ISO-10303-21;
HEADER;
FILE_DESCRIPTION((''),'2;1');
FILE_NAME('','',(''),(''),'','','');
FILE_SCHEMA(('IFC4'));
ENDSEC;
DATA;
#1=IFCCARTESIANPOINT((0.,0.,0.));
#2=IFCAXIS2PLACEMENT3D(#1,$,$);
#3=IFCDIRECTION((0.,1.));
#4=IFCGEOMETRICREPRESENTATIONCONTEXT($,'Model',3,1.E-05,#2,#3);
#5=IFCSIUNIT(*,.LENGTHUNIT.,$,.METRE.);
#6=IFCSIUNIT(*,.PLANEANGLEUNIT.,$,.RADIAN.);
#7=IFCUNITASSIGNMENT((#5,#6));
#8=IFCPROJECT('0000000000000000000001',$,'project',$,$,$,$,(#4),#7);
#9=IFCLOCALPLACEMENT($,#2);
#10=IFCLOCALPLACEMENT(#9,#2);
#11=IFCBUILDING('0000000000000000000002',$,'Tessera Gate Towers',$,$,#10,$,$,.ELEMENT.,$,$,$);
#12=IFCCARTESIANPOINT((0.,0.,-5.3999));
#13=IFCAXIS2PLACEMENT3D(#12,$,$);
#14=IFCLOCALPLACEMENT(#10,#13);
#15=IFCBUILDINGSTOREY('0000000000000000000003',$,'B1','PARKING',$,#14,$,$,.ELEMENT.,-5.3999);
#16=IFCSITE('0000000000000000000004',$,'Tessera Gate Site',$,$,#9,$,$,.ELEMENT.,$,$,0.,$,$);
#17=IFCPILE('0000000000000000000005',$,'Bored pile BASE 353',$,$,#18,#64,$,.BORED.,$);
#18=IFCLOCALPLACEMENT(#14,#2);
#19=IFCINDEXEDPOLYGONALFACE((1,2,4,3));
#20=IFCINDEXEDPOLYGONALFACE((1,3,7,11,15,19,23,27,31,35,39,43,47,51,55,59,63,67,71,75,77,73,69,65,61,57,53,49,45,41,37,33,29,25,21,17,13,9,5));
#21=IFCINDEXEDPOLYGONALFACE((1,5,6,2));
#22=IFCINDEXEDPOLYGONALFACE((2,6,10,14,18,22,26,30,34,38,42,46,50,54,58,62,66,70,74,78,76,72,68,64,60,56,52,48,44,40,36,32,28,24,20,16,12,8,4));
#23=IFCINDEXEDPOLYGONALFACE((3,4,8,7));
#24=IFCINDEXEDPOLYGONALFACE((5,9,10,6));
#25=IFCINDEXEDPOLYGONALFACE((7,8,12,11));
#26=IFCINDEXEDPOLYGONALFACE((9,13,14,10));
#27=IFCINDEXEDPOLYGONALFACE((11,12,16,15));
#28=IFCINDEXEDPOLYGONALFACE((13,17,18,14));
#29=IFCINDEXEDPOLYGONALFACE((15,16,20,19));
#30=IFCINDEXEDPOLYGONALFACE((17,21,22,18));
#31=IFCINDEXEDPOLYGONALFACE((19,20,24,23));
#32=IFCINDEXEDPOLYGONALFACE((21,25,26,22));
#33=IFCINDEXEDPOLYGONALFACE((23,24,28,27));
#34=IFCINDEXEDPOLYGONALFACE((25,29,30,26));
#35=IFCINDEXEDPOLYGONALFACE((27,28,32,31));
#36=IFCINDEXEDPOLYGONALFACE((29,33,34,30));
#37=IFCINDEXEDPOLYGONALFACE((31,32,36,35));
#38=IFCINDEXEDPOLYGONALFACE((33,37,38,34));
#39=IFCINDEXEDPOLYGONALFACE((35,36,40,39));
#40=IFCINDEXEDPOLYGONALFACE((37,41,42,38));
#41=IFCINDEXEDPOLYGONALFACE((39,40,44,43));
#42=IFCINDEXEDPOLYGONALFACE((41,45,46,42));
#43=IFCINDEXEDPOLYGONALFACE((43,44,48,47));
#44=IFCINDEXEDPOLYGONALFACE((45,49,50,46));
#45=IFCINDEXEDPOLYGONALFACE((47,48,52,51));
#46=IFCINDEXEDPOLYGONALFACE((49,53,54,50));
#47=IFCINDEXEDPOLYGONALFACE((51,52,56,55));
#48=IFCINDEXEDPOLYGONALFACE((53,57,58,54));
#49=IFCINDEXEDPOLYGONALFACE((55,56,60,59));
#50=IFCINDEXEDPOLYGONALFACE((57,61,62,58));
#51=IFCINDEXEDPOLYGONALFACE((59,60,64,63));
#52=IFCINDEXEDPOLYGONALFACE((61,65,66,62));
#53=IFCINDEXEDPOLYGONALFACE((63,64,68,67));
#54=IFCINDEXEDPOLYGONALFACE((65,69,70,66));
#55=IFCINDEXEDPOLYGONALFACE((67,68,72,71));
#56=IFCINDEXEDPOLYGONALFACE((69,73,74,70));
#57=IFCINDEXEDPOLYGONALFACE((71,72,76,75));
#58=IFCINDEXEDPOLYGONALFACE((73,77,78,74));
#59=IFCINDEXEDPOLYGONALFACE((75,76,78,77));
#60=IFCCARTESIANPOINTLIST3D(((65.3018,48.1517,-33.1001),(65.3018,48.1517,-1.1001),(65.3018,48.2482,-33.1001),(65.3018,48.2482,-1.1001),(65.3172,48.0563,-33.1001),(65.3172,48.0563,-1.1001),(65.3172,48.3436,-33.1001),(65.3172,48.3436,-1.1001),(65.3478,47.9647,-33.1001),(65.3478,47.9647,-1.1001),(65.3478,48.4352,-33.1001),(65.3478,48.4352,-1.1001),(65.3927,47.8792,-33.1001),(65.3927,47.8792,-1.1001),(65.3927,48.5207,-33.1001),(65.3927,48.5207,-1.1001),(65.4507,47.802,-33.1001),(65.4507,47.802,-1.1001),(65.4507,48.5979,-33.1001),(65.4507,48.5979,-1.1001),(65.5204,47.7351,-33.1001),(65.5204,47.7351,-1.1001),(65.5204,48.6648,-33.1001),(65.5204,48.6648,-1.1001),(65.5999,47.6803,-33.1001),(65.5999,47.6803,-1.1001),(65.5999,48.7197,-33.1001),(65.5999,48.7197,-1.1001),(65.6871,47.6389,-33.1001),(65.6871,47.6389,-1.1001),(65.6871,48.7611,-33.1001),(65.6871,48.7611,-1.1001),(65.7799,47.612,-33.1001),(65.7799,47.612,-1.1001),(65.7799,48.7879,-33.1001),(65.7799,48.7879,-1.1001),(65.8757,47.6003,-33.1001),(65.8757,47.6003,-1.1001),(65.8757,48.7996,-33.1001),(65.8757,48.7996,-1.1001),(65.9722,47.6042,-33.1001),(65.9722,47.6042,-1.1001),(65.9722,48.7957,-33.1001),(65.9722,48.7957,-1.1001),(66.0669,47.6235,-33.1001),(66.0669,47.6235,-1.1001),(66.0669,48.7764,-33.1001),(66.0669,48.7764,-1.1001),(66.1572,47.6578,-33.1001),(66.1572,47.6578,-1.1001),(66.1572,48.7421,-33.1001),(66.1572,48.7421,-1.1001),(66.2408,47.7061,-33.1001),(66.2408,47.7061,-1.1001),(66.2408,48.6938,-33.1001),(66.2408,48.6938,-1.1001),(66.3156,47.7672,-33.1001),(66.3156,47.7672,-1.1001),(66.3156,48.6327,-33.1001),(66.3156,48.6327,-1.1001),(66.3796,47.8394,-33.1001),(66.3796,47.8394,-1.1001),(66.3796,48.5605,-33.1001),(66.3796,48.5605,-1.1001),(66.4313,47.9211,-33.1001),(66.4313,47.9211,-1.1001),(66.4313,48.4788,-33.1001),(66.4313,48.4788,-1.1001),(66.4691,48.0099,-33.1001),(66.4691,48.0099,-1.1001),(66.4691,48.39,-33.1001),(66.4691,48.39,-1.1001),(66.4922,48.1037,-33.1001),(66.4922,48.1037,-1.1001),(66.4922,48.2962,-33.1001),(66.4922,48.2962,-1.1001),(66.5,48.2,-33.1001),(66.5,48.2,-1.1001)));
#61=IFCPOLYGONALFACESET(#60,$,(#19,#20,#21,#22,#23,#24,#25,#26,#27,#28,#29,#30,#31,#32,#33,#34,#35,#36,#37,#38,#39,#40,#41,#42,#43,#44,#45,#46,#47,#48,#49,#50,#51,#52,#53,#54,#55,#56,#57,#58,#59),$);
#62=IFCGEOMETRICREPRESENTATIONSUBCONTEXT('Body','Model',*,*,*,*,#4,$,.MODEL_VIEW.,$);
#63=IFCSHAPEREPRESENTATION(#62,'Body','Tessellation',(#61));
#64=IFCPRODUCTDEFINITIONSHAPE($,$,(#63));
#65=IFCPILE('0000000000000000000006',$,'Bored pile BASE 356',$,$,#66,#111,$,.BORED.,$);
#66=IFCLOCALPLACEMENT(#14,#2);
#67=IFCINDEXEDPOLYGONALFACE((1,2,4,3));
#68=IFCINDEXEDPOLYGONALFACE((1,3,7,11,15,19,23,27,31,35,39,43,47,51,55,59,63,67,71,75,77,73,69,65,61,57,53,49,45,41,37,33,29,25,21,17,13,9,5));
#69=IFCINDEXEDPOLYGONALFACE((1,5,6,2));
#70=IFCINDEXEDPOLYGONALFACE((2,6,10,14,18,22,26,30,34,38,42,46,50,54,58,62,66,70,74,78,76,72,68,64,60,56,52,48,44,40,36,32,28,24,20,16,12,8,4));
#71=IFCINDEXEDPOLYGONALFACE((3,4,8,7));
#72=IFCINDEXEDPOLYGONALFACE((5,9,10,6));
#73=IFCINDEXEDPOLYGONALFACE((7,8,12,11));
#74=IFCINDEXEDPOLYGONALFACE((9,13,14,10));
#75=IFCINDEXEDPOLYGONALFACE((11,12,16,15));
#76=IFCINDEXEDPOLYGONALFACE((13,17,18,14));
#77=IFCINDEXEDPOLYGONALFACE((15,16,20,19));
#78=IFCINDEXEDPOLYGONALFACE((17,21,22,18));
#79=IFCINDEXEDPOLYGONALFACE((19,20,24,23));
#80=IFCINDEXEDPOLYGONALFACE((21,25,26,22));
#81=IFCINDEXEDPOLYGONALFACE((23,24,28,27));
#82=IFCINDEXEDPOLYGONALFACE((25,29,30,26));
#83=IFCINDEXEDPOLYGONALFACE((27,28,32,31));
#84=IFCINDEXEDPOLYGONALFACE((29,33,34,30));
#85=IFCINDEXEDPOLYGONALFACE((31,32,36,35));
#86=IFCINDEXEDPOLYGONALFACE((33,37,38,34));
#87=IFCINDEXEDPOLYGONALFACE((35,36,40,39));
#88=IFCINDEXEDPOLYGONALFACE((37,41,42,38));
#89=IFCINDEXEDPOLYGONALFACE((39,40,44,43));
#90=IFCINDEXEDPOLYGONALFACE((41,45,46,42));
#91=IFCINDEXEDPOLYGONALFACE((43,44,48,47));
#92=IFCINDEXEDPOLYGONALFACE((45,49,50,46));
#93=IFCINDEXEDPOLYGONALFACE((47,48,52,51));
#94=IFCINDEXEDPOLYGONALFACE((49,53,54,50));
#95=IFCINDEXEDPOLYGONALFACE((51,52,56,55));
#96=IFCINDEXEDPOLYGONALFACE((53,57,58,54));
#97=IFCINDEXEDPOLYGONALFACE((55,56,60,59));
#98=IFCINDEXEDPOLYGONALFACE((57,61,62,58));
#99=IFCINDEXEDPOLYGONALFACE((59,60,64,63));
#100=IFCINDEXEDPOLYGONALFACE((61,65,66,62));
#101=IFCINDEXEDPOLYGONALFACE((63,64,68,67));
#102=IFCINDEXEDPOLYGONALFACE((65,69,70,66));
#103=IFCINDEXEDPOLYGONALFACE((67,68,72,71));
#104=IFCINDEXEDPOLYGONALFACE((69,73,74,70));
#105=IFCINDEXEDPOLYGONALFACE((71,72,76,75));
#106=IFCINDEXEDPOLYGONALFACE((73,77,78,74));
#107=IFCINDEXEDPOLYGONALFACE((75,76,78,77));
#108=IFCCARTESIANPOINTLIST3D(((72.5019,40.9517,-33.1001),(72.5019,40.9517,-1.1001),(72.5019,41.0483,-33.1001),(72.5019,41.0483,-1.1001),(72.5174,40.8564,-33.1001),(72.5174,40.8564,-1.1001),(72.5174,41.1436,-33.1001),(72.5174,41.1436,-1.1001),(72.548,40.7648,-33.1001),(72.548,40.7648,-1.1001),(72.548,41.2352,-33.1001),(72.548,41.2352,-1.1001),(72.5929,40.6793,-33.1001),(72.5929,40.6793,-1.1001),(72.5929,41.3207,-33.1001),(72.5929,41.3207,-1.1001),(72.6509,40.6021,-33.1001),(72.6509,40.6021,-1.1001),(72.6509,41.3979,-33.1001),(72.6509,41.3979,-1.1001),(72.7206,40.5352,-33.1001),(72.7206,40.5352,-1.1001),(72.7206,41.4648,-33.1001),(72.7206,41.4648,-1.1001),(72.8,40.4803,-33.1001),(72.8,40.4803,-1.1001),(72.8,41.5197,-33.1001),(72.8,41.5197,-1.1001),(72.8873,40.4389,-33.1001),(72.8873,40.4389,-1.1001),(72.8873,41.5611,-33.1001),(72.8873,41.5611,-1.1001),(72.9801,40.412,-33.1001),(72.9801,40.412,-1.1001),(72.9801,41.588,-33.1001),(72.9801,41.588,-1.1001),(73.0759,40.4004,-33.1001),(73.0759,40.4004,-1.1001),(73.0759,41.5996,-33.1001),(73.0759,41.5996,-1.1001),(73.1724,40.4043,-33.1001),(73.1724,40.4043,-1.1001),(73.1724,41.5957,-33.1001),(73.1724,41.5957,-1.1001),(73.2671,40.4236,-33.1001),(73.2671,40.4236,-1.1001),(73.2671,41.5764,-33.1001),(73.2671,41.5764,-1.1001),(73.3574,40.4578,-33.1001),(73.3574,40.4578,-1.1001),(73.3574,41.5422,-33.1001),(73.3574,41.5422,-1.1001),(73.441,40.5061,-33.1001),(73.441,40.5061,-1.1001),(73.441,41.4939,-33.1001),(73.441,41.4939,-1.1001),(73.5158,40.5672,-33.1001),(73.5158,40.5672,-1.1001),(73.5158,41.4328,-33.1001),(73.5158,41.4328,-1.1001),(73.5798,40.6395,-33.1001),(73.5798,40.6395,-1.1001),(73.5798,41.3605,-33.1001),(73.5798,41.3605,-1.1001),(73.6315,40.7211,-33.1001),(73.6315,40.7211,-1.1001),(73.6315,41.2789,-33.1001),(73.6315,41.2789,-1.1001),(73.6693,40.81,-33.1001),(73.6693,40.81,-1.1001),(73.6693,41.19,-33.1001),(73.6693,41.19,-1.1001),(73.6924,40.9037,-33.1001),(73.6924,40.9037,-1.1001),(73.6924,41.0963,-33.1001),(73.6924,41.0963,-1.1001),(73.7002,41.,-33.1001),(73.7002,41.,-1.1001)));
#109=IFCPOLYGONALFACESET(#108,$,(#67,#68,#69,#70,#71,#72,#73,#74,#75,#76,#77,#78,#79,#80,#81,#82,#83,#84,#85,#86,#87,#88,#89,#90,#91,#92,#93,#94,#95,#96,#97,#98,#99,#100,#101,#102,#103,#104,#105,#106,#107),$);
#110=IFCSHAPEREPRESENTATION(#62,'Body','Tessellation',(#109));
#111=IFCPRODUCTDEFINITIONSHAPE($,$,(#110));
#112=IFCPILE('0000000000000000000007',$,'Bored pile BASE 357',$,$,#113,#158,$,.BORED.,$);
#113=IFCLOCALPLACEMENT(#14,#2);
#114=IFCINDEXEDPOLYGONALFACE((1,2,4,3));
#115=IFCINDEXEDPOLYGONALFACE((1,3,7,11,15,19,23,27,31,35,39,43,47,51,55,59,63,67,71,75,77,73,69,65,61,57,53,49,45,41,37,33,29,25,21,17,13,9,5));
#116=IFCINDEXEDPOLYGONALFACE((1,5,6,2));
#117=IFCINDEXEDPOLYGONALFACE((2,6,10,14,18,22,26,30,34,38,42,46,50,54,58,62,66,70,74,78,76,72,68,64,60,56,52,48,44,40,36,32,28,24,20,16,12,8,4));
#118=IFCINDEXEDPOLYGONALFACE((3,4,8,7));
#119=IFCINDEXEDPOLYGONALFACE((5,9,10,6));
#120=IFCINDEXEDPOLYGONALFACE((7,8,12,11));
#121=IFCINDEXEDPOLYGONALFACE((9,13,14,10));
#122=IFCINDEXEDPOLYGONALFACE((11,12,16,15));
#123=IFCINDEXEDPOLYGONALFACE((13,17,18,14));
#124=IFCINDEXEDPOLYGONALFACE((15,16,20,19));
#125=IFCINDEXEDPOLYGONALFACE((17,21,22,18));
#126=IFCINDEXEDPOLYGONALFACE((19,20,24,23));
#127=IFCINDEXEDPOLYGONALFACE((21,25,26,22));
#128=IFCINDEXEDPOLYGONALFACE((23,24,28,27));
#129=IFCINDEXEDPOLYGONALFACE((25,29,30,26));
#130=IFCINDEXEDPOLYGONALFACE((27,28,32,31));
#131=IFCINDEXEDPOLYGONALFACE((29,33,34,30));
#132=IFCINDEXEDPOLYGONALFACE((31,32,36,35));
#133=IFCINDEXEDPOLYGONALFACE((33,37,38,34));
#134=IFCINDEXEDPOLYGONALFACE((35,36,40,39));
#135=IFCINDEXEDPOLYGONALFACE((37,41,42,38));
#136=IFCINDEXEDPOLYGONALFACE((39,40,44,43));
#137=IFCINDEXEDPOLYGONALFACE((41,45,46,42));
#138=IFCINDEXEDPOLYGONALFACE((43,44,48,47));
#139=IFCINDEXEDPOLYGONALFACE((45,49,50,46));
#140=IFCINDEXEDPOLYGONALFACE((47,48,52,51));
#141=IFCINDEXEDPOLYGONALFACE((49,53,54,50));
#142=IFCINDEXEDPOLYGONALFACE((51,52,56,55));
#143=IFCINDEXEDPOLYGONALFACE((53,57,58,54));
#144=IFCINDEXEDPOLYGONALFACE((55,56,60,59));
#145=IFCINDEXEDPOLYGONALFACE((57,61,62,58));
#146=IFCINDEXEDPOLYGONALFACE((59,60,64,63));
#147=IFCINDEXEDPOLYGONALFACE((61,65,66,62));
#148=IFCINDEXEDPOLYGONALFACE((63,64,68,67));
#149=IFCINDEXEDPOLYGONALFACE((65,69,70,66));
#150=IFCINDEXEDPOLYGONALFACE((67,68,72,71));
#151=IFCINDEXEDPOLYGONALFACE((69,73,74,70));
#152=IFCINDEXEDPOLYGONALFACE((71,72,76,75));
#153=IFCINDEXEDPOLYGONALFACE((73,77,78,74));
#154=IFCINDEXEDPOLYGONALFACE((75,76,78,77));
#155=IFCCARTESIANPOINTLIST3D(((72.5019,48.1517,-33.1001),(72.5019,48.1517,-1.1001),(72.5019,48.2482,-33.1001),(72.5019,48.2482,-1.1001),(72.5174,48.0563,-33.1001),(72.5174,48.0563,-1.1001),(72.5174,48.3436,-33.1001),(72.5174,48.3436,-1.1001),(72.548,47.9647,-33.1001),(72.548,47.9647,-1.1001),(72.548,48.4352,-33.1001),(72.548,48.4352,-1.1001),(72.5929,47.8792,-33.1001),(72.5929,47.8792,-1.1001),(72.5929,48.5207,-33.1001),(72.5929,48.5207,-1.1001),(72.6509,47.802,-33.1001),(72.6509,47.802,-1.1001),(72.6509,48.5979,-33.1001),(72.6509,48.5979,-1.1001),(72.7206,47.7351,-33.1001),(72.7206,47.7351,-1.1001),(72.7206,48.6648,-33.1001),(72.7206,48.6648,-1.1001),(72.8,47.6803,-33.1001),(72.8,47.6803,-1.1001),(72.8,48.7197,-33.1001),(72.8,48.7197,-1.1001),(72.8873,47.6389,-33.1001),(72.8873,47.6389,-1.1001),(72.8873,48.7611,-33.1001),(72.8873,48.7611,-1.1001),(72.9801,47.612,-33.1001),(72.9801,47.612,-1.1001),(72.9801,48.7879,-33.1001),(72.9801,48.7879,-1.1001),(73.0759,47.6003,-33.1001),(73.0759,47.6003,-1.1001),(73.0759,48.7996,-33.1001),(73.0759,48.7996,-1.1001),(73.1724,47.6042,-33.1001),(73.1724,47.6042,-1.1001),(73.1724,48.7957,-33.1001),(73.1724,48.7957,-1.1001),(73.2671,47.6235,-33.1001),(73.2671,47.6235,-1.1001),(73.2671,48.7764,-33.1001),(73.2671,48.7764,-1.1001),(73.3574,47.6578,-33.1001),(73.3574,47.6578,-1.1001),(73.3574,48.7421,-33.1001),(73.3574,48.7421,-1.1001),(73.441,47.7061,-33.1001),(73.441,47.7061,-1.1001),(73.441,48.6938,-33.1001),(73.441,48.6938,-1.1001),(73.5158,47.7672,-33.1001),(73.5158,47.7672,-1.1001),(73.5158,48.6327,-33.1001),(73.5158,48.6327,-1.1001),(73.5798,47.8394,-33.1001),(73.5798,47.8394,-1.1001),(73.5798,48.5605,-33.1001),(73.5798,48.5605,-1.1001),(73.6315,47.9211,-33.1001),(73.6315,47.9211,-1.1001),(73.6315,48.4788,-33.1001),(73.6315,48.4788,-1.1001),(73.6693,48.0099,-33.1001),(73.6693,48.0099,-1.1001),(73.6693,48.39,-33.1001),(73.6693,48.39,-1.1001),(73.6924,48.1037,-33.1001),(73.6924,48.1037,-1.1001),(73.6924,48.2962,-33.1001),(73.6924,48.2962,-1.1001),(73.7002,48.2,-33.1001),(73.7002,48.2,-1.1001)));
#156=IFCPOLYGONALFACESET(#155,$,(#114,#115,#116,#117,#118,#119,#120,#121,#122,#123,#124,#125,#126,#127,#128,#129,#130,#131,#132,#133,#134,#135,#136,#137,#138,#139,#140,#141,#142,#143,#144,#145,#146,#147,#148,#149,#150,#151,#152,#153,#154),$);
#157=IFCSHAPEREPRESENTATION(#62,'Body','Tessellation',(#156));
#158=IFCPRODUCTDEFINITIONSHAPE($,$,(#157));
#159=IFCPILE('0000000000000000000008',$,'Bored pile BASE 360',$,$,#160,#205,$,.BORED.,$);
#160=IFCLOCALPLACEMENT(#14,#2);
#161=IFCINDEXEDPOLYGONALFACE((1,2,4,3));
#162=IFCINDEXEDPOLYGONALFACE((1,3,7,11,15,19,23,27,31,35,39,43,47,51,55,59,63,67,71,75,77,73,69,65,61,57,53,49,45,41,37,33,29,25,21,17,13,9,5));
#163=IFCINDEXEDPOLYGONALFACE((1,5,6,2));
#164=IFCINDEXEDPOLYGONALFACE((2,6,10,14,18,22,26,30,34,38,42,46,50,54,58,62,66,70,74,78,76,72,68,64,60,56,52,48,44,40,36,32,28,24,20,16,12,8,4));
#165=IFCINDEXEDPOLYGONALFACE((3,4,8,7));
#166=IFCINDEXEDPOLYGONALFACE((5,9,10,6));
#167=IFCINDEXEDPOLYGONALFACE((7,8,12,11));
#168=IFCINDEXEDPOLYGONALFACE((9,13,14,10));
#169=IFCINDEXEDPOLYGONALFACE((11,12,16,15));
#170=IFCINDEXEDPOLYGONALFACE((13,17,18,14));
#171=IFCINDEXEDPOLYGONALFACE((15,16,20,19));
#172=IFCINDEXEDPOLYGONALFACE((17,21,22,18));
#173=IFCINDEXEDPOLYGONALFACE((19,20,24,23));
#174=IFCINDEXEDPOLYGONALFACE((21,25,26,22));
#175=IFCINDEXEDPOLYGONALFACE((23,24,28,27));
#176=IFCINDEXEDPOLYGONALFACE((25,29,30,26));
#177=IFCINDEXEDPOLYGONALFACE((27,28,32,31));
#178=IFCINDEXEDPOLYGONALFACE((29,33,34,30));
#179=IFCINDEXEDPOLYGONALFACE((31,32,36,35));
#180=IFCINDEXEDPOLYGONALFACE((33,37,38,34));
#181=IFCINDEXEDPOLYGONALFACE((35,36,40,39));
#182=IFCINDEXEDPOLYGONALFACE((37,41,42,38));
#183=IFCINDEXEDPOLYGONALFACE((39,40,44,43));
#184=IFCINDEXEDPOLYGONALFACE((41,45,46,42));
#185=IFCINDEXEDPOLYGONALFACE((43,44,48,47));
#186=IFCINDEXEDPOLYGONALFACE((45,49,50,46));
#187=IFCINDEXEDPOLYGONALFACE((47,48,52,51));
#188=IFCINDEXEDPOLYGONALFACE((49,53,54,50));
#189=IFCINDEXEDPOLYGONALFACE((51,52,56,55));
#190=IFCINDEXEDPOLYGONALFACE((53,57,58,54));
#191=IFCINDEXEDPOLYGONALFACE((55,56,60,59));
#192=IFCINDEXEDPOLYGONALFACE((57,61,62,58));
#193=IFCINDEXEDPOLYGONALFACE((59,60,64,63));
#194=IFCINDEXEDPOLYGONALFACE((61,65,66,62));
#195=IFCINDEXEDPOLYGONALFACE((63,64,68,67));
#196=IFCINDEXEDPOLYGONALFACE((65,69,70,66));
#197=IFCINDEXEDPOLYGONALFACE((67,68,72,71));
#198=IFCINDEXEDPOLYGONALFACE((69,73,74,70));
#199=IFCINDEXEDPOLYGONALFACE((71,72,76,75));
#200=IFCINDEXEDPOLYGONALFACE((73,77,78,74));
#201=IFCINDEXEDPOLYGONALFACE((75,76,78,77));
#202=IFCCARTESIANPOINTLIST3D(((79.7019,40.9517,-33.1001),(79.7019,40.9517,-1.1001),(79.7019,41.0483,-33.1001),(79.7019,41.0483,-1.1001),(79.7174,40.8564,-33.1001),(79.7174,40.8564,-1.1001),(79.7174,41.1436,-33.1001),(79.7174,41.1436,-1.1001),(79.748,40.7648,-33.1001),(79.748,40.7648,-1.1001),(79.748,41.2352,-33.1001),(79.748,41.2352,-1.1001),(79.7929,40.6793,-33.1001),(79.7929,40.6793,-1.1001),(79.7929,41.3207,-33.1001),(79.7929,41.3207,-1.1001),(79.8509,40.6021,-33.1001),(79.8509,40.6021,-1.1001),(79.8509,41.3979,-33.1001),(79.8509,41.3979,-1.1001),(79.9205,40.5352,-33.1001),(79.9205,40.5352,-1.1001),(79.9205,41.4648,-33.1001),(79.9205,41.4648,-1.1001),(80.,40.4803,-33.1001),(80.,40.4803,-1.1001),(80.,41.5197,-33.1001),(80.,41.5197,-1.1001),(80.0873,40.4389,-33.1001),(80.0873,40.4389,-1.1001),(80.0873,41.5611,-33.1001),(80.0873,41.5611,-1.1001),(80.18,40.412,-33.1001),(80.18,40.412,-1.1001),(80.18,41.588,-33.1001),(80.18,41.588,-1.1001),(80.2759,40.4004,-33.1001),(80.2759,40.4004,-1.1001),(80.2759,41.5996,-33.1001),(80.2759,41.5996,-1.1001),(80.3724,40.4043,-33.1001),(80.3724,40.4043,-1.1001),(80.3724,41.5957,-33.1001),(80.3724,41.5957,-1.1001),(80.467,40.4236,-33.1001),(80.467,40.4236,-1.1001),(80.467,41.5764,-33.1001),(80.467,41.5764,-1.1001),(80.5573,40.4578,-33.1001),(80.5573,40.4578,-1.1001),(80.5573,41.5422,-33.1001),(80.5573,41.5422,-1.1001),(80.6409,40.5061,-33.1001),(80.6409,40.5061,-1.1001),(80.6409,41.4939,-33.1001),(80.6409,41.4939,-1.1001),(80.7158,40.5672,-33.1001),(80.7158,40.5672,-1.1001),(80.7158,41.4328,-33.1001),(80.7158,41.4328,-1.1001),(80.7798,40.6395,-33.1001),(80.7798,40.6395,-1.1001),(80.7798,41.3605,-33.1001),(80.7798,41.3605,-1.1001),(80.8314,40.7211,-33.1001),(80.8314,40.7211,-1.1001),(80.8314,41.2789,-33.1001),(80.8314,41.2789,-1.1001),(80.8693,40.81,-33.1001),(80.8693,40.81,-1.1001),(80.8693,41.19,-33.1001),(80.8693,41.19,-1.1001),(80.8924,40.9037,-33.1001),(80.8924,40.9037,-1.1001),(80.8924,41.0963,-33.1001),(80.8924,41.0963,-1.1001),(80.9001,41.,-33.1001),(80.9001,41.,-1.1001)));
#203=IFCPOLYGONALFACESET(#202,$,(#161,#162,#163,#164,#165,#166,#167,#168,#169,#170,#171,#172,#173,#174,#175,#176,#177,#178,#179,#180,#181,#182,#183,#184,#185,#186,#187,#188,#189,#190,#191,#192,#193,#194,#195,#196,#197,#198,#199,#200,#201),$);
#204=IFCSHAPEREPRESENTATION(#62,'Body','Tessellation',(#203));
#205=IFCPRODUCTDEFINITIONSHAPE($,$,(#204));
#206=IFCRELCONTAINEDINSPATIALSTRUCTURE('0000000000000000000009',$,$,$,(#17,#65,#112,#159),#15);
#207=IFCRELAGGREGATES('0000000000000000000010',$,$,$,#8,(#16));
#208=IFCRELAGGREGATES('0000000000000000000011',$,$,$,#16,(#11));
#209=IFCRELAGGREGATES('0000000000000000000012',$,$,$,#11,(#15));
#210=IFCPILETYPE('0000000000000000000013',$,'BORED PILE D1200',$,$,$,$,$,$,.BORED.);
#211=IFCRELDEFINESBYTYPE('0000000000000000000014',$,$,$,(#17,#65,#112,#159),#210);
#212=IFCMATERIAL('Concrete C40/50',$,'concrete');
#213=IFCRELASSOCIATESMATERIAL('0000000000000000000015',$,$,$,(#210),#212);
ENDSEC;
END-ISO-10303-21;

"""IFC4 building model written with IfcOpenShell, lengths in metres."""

from ifc_helpers import new_model, si_unit, direction, frame, origin, origin_2d, place, context, subcontext, project, spatial, circle, extrude, material, material_profile, profile_set, type_object, element, save


model = new_model("IFC4")

# Units and contexts
model_context = context("Model", 3, precision=1e-05, world=origin(), true_north=direction((0.0, 1.0)))
body_context = subcontext(model_context, "Body", "Model", "MODEL_VIEW")
ifc_project = project(units=[si_unit("LENGTHUNIT", "METRE"), si_unit("PLANEANGLEUNIT", "RADIAN")], contexts=[model_context])

# Site, building, storey
site_placement = place(None, origin())
site = spatial("IfcSite", under=ifc_project, at=site_placement, Name="Tessera Gate Site", CompositionType="ELEMENT", RefElevation=0.0)
building_placement = place(site_placement, origin())
building = spatial("IfcBuilding", under=site, at=building_placement, Name="Tessera Gate Towers", CompositionType="ELEMENT")
storey_placement = place(building_placement, frame((0.0, 0.0, -5.3999)))
storey = spatial("IfcBuildingStorey", under=building, at=storey_placement, Name="B1", Description="PARKING", CompositionType="ELEMENT", Elevation=-5.3999)

# Piles
ifc_material_1 = material(Name="Concrete C40/50", Category="concrete")
ifc_material_profile_1 = material_profile(ifc_material_1, circle(Radius=0.6001, at=origin_2d()), Name="BORED PILE D1200")
ifc_profile_set_1 = profile_set([ifc_material_profile_1], Name="Concrete C40/50")
pile_type = type_object("IfcPileType", Name="BORED PILE D1200", PredefinedType="BORED", material=ifc_profile_set_1)
for number, where, z_axis, x_axis, name in (
    (1, (65.8999, 48.2, -1.1001), (0.0, 0.0, -1.0), (1.0, 0.0, 0.0), "Bored pile BASE 353"),
    (2, (73.1001, 41.0, -1.1001), (0.0, 0.0, -1.0), (1.0, 0.0, 0.0), "Bored pile BASE 356"),
    (3, (73.1001, 48.2, -1.1001), (0.0, 0.0, -1.0), (1.0, 0.0, 0.0), "Bored pile BASE 357"),
    (4, (80.3, 41.0, -1.1001), (0.0, 0.0, -1.0), (1.0, 0.0, 0.0), "Bored pile BASE 360"),
):
    element("IfcPile", number, at=place(storey_placement, frame(where, z_axis=z_axis, x_axis=x_axis)), inside=storey, type_object=pile_type, Name=name, PredefinedType="BORED", context=body_context, shape_type="SweptSolid", body=[
        extrude(circle(Radius=0.6001, at=origin_2d()), origin(), (0.0, 0.0, 1.0), 32.0),
    ])

save(model, "model.ifc")
